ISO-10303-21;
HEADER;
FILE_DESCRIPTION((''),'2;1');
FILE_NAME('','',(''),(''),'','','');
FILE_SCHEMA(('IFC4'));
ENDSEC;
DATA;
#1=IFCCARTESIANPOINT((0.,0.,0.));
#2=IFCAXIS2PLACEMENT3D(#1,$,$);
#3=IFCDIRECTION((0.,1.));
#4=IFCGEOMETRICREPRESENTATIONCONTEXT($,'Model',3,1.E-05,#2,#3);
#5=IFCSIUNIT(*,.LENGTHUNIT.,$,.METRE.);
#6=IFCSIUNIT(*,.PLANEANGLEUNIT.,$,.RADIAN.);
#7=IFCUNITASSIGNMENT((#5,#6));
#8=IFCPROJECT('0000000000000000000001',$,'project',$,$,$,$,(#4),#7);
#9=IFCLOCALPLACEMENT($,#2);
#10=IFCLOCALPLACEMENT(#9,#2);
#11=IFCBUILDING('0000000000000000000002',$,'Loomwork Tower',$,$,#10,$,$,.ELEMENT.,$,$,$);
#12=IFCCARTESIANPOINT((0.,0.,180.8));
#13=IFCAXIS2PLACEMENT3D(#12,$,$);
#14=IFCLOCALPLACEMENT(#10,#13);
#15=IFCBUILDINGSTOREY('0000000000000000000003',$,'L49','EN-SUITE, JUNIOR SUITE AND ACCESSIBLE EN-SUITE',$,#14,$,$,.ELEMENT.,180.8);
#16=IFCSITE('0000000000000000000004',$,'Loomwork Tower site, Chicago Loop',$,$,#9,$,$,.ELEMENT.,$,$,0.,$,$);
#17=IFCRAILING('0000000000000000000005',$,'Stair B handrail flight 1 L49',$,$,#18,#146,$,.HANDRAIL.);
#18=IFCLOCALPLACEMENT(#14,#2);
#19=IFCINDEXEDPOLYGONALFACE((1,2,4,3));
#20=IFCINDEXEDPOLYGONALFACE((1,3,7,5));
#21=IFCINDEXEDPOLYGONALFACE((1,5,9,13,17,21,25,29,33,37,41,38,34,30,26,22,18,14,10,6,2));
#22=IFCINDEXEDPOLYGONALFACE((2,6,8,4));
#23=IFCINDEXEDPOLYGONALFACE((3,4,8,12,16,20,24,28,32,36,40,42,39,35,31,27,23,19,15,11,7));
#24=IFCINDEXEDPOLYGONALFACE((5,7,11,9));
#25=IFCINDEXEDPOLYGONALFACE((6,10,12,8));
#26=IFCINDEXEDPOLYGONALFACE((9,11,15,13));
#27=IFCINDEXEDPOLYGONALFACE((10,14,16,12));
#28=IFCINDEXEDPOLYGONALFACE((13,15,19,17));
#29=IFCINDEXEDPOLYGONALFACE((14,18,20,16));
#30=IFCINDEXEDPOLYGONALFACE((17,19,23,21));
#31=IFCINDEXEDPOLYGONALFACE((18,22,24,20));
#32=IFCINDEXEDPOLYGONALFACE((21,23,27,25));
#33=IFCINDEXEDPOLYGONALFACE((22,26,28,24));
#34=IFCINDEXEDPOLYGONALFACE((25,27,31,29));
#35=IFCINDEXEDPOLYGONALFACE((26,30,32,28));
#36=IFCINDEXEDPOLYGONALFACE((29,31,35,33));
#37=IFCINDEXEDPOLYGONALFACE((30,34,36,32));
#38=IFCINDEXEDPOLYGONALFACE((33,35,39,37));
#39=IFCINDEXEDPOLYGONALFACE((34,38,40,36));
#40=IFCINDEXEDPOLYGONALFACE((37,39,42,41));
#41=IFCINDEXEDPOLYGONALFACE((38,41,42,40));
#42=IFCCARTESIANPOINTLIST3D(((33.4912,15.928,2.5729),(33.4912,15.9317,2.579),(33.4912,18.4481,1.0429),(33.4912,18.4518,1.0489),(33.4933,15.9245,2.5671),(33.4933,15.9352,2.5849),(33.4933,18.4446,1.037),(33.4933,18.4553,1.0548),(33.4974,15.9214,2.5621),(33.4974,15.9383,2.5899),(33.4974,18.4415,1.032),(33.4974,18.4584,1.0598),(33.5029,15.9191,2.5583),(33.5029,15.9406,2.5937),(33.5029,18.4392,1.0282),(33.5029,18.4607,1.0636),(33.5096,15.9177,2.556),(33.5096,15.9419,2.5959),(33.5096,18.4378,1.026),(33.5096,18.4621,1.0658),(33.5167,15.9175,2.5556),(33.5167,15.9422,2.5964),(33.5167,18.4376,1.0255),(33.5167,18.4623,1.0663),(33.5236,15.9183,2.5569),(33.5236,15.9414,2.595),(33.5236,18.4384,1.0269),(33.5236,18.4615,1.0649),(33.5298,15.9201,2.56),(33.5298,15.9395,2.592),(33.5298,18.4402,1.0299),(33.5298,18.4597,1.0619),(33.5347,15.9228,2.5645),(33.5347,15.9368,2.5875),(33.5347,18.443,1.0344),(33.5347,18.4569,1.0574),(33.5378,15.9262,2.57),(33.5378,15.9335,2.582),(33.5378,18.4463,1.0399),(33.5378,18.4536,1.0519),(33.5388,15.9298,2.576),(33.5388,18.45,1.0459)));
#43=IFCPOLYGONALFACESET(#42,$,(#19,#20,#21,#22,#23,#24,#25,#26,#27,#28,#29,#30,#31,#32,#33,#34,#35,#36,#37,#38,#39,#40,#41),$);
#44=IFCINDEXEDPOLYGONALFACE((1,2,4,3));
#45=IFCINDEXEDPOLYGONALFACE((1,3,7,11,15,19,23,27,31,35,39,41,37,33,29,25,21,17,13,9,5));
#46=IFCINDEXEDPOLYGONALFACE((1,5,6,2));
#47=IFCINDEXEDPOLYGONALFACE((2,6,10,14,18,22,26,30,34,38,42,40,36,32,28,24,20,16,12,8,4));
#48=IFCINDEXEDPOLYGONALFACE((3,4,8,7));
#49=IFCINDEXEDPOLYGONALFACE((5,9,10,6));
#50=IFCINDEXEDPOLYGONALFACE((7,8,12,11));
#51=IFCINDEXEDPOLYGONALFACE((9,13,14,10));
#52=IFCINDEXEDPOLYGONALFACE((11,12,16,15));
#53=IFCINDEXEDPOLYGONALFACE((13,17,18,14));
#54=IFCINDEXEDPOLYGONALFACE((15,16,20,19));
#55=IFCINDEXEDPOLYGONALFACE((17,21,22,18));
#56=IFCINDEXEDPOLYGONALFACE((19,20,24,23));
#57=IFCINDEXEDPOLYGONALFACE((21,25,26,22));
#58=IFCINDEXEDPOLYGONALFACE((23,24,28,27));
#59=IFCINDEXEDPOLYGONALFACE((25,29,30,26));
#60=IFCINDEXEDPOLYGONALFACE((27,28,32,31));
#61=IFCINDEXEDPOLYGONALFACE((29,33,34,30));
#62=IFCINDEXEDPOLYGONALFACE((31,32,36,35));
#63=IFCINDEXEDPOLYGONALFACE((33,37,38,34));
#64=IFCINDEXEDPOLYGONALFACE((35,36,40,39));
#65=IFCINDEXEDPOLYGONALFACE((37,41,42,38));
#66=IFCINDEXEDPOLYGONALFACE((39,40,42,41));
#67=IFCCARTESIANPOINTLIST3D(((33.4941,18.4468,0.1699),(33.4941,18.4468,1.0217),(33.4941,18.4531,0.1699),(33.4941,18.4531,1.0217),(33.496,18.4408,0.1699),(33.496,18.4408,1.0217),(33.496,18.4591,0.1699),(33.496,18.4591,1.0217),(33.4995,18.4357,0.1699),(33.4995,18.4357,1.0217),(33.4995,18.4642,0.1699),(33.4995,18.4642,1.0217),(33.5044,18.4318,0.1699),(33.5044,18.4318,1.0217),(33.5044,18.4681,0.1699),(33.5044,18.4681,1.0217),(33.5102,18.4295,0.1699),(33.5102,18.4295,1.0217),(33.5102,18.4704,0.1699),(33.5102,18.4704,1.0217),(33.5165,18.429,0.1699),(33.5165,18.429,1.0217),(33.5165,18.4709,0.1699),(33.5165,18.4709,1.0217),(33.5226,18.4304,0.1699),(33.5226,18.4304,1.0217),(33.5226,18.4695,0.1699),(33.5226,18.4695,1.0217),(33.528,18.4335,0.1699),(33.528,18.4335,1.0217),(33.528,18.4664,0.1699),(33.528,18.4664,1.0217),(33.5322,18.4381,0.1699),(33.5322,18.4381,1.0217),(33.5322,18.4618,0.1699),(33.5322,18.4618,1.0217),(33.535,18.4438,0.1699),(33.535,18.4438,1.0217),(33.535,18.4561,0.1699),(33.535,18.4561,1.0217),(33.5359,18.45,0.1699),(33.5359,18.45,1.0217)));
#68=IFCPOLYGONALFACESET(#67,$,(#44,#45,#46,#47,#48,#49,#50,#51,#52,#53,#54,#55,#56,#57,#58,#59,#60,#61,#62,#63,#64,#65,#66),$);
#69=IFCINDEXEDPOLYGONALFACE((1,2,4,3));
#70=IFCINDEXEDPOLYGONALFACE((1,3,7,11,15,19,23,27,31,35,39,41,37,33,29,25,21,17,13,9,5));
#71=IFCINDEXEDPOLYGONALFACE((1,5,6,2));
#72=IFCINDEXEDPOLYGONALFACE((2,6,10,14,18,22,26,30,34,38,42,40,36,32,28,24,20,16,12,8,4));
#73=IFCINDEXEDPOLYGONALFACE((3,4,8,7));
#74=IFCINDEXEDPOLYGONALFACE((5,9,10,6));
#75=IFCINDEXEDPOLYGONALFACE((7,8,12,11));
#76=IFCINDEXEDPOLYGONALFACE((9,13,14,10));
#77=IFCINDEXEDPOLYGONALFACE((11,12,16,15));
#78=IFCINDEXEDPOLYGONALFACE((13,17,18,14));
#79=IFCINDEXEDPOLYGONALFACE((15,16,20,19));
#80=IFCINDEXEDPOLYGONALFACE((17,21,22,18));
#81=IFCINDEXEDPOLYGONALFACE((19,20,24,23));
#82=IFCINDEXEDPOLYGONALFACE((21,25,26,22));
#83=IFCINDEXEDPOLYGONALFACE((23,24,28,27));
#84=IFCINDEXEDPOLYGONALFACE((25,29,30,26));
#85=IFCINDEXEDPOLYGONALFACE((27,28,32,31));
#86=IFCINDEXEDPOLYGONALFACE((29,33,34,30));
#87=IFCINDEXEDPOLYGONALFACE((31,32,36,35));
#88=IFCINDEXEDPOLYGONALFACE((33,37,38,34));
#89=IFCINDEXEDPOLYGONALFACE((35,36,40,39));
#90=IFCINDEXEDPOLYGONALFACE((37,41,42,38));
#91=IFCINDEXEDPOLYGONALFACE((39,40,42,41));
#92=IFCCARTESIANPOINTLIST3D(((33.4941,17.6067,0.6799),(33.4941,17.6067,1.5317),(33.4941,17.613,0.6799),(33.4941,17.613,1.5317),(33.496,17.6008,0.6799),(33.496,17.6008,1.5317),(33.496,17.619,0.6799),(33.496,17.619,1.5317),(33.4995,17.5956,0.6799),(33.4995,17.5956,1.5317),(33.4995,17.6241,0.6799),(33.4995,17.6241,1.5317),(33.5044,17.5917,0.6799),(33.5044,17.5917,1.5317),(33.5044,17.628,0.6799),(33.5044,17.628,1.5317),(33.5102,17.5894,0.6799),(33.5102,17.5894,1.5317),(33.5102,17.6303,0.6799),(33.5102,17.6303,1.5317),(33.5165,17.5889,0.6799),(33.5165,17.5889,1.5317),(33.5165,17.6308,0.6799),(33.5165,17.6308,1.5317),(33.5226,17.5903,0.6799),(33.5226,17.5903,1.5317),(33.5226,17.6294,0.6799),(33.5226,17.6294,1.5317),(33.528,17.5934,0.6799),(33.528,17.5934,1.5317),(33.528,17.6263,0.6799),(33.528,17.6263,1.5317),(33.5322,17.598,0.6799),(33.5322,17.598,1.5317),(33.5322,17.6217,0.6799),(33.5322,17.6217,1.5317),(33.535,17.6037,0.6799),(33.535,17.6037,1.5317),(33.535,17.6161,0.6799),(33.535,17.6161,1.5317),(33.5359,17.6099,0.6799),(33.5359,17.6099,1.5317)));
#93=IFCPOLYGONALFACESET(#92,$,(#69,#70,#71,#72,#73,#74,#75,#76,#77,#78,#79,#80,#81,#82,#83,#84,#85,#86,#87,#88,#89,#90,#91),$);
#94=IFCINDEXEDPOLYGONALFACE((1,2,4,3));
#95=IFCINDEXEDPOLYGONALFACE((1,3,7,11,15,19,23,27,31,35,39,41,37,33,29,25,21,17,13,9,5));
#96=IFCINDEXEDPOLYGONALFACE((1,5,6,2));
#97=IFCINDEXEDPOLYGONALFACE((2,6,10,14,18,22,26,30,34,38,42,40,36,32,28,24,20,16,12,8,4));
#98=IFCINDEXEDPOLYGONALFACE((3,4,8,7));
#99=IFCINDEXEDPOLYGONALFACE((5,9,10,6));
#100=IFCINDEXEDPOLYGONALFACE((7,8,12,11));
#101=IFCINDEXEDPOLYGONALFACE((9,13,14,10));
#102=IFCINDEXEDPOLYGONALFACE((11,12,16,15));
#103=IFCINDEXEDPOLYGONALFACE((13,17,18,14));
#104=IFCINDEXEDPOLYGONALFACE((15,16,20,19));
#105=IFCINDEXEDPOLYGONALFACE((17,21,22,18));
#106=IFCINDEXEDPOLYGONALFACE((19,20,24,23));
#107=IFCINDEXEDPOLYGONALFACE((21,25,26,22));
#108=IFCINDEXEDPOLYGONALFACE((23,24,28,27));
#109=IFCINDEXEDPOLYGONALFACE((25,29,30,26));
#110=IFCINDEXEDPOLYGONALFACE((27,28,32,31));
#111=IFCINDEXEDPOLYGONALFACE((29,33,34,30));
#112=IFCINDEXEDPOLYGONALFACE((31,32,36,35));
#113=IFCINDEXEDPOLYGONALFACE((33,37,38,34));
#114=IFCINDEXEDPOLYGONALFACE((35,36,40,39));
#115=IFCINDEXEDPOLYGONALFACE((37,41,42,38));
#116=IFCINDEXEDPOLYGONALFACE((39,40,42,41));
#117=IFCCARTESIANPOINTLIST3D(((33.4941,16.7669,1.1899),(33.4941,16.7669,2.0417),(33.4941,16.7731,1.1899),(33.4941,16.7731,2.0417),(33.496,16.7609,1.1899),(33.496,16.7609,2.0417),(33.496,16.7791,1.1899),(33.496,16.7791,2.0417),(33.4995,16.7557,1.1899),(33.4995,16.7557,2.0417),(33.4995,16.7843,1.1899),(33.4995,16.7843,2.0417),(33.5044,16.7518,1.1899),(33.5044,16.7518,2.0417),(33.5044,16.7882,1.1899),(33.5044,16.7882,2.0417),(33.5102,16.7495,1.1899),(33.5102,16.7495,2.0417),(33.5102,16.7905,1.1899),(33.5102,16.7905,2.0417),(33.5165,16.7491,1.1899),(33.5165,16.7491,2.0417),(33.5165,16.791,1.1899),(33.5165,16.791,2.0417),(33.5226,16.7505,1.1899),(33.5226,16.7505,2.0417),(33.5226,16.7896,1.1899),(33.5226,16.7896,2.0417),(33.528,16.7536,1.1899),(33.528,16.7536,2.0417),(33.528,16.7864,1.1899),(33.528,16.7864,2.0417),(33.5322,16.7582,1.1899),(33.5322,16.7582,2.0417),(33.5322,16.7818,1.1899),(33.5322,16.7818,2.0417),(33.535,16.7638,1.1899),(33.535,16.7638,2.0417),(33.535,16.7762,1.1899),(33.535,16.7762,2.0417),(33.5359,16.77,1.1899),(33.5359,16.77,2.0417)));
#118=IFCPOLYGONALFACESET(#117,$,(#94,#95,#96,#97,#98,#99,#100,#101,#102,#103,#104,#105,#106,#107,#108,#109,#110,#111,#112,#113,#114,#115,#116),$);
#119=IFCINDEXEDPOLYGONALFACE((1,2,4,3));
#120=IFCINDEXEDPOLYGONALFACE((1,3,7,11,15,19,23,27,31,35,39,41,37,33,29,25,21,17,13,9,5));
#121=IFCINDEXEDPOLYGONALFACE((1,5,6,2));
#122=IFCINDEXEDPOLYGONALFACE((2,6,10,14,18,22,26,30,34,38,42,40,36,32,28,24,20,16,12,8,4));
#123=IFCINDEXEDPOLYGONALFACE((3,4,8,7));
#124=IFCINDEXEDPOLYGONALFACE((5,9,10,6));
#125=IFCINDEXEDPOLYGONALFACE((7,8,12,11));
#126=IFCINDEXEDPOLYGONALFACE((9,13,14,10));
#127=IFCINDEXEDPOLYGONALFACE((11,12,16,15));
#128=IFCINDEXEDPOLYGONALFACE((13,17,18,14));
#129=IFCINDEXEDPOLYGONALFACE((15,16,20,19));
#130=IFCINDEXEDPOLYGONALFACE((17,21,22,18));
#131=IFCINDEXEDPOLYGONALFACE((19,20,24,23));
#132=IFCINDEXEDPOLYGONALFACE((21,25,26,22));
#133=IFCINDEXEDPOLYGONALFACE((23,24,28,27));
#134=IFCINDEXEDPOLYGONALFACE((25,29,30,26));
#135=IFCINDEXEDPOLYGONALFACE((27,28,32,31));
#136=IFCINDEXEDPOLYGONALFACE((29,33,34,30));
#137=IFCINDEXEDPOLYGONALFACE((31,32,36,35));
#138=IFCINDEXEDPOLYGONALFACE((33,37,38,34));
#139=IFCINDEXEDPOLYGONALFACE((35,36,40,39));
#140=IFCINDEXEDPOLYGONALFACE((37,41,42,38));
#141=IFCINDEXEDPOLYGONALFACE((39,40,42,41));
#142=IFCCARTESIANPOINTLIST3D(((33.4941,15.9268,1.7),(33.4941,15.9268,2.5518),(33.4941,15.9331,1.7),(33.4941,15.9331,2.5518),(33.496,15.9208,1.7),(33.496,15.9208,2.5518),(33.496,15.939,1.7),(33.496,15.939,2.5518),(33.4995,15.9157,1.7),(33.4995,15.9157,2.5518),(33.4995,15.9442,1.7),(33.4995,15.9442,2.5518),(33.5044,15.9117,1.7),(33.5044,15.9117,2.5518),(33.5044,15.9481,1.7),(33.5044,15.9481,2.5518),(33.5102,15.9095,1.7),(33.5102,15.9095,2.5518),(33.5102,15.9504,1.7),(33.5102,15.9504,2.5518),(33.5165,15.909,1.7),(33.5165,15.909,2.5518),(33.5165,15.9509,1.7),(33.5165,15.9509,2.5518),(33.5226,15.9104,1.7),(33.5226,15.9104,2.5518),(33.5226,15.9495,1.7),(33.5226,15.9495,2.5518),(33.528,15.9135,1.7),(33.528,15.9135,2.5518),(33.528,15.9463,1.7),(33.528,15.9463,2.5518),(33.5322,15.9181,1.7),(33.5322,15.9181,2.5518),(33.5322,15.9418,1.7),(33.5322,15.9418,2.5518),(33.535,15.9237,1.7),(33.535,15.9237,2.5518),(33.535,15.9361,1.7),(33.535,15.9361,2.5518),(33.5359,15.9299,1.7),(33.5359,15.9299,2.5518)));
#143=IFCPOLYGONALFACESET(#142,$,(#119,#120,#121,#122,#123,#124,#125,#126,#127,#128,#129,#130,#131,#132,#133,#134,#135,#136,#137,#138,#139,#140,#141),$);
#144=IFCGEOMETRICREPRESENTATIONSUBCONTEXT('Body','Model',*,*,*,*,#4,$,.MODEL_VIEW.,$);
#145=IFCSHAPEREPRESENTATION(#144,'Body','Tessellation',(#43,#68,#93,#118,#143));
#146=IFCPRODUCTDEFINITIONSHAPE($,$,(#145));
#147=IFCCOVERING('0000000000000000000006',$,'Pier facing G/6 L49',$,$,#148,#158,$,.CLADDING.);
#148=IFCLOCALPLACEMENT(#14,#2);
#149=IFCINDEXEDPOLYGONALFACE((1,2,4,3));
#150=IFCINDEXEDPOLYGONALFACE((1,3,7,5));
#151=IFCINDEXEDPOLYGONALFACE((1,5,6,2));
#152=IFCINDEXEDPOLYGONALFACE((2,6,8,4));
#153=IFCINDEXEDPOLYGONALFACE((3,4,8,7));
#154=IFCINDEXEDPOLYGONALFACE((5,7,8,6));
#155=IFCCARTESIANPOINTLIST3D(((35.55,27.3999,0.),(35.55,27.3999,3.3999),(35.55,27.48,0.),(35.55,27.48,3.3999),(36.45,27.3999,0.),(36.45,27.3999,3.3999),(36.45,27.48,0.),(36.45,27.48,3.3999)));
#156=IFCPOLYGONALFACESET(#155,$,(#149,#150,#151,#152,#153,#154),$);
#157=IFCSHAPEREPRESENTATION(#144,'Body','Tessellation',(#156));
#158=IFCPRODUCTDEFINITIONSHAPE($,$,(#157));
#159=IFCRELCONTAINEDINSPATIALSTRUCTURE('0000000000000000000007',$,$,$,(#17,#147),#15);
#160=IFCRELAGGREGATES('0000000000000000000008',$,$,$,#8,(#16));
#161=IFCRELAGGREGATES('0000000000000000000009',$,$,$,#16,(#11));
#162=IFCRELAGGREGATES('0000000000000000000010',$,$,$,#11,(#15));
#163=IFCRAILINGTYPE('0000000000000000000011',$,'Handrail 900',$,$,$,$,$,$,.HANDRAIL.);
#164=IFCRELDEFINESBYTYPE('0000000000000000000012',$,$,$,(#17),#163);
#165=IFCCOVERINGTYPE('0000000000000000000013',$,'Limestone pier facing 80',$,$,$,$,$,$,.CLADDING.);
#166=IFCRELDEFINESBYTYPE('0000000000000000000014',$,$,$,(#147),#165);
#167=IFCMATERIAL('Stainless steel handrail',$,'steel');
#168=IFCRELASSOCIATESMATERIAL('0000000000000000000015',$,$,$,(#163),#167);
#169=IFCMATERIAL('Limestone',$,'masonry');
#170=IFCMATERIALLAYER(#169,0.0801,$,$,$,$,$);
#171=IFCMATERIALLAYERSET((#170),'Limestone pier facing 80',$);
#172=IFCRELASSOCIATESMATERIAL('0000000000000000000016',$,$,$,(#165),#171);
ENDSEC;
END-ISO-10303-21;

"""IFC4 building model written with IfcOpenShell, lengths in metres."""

from ifc_helpers import new_model, si_unit, direction, frame, origin, origin_2d, place, context, subcontext, project, spatial, rectangle, circle, extrude, material, layer, layer_set, type_object, element, save


model = new_model("IFC4")

# Units and contexts
model_context = context("Model", 3, precision=1e-05, world=origin(), true_north=direction((0.0, 1.0)))
body_context = subcontext(model_context, "Body", "Model", "MODEL_VIEW")
ifc_project = project(units=[si_unit("LENGTHUNIT", "METRE"), si_unit("PLANEANGLEUNIT", "RADIAN")], contexts=[model_context])

# Site, building, storey
site_placement = place(None, origin())
site = spatial("IfcSite", under=ifc_project, at=site_placement, Name="Loomwork Tower site, Chicago Loop", CompositionType="ELEMENT", RefElevation=0.0)
building_placement = place(site_placement, origin())
building = spatial("IfcBuilding", under=site, at=building_placement, Name="Loomwork Tower", CompositionType="ELEMENT")
storey_placement = place(building_placement, frame((0.0, 0.0, 180.8)))
storey = spatial("IfcBuildingStorey", under=building, at=storey_placement, Name="L49", Description="EN-SUITE, JUNIOR SUITE AND ACCESSIBLE EN-SUITE", CompositionType="ELEMENT", Elevation=180.8)

# Railing
ifc_material_1 = material(Name="Stainless steel handrail", Category="steel")
railing_type = type_object("IfcRailingType", Name="Handrail 900", PredefinedType="HANDRAIL", material=ifc_material_1)
railing_placement = place(storey_placement, frame((33.5149, 18.45, 0.1699)))
element("IfcRailing", 1, at=railing_placement, inside=storey, type_object=railing_type, Name="Stair B handrail flight 1 L49", PredefinedType="HANDRAIL", context=body_context, shape_type="SweptSolid", body=[
    extrude(circle(Radius=0.0239, at=origin_2d()), frame((0.0, 0.0, 0.876), z_axis=(0.0, -0.854785, 0.518982), x_axis=(1.0, 0.0, 0.0)), (0.0, 0.0, 1.0), 2.9482),
    extrude(circle(Radius=0.021, at=origin_2d()), origin(), (0.0, 0.0, 1.0), 0.8518),
    extrude(circle(Radius=0.021, at=origin_2d()), frame((0.0, -0.8401, 0.51)), (0.0, 0.0, 1.0), 0.8518),
    extrude(circle(Radius=0.021, at=origin_2d()), frame((0.0, -1.6799, 1.02)), (0.0, 0.0, 1.0), 0.8518),
    extrude(circle(Radius=0.021, at=origin_2d()), frame((0.0, -2.52, 1.53)), (0.0, 0.0, 1.0), 0.8518),
])

# Covering
ifc_material_2 = material(Name="Limestone", Category="masonry")
ifc_layer_1 = layer(ifc_material_2, 0.0801)
ifc_layer_set_1 = layer_set([ifc_layer_1], Name="Limestone pier facing 80")
covering_type = type_object("IfcCoveringType", Name="Limestone pier facing 80", PredefinedType="CLADDING", material=ifc_layer_set_1)
covering_placement = place(storey_placement, frame((36.0, 27.4399, 0.0), z_axis=(0.0, 0.0, 1.0), x_axis=(1.0, 0.0, 0.0)))
element("IfcCovering", 2, at=covering_placement, inside=storey, type_object=covering_type, Name="Pier facing G/6 L49", PredefinedType="CLADDING", context=body_context, shape_type="SweptSolid", body=[
    extrude(rectangle(XDim=0.8999, YDim=0.0801, at=origin_2d()), origin(), (0.0, 0.0, 1.0), 3.3999),
])

save(model, "model.ifc")
